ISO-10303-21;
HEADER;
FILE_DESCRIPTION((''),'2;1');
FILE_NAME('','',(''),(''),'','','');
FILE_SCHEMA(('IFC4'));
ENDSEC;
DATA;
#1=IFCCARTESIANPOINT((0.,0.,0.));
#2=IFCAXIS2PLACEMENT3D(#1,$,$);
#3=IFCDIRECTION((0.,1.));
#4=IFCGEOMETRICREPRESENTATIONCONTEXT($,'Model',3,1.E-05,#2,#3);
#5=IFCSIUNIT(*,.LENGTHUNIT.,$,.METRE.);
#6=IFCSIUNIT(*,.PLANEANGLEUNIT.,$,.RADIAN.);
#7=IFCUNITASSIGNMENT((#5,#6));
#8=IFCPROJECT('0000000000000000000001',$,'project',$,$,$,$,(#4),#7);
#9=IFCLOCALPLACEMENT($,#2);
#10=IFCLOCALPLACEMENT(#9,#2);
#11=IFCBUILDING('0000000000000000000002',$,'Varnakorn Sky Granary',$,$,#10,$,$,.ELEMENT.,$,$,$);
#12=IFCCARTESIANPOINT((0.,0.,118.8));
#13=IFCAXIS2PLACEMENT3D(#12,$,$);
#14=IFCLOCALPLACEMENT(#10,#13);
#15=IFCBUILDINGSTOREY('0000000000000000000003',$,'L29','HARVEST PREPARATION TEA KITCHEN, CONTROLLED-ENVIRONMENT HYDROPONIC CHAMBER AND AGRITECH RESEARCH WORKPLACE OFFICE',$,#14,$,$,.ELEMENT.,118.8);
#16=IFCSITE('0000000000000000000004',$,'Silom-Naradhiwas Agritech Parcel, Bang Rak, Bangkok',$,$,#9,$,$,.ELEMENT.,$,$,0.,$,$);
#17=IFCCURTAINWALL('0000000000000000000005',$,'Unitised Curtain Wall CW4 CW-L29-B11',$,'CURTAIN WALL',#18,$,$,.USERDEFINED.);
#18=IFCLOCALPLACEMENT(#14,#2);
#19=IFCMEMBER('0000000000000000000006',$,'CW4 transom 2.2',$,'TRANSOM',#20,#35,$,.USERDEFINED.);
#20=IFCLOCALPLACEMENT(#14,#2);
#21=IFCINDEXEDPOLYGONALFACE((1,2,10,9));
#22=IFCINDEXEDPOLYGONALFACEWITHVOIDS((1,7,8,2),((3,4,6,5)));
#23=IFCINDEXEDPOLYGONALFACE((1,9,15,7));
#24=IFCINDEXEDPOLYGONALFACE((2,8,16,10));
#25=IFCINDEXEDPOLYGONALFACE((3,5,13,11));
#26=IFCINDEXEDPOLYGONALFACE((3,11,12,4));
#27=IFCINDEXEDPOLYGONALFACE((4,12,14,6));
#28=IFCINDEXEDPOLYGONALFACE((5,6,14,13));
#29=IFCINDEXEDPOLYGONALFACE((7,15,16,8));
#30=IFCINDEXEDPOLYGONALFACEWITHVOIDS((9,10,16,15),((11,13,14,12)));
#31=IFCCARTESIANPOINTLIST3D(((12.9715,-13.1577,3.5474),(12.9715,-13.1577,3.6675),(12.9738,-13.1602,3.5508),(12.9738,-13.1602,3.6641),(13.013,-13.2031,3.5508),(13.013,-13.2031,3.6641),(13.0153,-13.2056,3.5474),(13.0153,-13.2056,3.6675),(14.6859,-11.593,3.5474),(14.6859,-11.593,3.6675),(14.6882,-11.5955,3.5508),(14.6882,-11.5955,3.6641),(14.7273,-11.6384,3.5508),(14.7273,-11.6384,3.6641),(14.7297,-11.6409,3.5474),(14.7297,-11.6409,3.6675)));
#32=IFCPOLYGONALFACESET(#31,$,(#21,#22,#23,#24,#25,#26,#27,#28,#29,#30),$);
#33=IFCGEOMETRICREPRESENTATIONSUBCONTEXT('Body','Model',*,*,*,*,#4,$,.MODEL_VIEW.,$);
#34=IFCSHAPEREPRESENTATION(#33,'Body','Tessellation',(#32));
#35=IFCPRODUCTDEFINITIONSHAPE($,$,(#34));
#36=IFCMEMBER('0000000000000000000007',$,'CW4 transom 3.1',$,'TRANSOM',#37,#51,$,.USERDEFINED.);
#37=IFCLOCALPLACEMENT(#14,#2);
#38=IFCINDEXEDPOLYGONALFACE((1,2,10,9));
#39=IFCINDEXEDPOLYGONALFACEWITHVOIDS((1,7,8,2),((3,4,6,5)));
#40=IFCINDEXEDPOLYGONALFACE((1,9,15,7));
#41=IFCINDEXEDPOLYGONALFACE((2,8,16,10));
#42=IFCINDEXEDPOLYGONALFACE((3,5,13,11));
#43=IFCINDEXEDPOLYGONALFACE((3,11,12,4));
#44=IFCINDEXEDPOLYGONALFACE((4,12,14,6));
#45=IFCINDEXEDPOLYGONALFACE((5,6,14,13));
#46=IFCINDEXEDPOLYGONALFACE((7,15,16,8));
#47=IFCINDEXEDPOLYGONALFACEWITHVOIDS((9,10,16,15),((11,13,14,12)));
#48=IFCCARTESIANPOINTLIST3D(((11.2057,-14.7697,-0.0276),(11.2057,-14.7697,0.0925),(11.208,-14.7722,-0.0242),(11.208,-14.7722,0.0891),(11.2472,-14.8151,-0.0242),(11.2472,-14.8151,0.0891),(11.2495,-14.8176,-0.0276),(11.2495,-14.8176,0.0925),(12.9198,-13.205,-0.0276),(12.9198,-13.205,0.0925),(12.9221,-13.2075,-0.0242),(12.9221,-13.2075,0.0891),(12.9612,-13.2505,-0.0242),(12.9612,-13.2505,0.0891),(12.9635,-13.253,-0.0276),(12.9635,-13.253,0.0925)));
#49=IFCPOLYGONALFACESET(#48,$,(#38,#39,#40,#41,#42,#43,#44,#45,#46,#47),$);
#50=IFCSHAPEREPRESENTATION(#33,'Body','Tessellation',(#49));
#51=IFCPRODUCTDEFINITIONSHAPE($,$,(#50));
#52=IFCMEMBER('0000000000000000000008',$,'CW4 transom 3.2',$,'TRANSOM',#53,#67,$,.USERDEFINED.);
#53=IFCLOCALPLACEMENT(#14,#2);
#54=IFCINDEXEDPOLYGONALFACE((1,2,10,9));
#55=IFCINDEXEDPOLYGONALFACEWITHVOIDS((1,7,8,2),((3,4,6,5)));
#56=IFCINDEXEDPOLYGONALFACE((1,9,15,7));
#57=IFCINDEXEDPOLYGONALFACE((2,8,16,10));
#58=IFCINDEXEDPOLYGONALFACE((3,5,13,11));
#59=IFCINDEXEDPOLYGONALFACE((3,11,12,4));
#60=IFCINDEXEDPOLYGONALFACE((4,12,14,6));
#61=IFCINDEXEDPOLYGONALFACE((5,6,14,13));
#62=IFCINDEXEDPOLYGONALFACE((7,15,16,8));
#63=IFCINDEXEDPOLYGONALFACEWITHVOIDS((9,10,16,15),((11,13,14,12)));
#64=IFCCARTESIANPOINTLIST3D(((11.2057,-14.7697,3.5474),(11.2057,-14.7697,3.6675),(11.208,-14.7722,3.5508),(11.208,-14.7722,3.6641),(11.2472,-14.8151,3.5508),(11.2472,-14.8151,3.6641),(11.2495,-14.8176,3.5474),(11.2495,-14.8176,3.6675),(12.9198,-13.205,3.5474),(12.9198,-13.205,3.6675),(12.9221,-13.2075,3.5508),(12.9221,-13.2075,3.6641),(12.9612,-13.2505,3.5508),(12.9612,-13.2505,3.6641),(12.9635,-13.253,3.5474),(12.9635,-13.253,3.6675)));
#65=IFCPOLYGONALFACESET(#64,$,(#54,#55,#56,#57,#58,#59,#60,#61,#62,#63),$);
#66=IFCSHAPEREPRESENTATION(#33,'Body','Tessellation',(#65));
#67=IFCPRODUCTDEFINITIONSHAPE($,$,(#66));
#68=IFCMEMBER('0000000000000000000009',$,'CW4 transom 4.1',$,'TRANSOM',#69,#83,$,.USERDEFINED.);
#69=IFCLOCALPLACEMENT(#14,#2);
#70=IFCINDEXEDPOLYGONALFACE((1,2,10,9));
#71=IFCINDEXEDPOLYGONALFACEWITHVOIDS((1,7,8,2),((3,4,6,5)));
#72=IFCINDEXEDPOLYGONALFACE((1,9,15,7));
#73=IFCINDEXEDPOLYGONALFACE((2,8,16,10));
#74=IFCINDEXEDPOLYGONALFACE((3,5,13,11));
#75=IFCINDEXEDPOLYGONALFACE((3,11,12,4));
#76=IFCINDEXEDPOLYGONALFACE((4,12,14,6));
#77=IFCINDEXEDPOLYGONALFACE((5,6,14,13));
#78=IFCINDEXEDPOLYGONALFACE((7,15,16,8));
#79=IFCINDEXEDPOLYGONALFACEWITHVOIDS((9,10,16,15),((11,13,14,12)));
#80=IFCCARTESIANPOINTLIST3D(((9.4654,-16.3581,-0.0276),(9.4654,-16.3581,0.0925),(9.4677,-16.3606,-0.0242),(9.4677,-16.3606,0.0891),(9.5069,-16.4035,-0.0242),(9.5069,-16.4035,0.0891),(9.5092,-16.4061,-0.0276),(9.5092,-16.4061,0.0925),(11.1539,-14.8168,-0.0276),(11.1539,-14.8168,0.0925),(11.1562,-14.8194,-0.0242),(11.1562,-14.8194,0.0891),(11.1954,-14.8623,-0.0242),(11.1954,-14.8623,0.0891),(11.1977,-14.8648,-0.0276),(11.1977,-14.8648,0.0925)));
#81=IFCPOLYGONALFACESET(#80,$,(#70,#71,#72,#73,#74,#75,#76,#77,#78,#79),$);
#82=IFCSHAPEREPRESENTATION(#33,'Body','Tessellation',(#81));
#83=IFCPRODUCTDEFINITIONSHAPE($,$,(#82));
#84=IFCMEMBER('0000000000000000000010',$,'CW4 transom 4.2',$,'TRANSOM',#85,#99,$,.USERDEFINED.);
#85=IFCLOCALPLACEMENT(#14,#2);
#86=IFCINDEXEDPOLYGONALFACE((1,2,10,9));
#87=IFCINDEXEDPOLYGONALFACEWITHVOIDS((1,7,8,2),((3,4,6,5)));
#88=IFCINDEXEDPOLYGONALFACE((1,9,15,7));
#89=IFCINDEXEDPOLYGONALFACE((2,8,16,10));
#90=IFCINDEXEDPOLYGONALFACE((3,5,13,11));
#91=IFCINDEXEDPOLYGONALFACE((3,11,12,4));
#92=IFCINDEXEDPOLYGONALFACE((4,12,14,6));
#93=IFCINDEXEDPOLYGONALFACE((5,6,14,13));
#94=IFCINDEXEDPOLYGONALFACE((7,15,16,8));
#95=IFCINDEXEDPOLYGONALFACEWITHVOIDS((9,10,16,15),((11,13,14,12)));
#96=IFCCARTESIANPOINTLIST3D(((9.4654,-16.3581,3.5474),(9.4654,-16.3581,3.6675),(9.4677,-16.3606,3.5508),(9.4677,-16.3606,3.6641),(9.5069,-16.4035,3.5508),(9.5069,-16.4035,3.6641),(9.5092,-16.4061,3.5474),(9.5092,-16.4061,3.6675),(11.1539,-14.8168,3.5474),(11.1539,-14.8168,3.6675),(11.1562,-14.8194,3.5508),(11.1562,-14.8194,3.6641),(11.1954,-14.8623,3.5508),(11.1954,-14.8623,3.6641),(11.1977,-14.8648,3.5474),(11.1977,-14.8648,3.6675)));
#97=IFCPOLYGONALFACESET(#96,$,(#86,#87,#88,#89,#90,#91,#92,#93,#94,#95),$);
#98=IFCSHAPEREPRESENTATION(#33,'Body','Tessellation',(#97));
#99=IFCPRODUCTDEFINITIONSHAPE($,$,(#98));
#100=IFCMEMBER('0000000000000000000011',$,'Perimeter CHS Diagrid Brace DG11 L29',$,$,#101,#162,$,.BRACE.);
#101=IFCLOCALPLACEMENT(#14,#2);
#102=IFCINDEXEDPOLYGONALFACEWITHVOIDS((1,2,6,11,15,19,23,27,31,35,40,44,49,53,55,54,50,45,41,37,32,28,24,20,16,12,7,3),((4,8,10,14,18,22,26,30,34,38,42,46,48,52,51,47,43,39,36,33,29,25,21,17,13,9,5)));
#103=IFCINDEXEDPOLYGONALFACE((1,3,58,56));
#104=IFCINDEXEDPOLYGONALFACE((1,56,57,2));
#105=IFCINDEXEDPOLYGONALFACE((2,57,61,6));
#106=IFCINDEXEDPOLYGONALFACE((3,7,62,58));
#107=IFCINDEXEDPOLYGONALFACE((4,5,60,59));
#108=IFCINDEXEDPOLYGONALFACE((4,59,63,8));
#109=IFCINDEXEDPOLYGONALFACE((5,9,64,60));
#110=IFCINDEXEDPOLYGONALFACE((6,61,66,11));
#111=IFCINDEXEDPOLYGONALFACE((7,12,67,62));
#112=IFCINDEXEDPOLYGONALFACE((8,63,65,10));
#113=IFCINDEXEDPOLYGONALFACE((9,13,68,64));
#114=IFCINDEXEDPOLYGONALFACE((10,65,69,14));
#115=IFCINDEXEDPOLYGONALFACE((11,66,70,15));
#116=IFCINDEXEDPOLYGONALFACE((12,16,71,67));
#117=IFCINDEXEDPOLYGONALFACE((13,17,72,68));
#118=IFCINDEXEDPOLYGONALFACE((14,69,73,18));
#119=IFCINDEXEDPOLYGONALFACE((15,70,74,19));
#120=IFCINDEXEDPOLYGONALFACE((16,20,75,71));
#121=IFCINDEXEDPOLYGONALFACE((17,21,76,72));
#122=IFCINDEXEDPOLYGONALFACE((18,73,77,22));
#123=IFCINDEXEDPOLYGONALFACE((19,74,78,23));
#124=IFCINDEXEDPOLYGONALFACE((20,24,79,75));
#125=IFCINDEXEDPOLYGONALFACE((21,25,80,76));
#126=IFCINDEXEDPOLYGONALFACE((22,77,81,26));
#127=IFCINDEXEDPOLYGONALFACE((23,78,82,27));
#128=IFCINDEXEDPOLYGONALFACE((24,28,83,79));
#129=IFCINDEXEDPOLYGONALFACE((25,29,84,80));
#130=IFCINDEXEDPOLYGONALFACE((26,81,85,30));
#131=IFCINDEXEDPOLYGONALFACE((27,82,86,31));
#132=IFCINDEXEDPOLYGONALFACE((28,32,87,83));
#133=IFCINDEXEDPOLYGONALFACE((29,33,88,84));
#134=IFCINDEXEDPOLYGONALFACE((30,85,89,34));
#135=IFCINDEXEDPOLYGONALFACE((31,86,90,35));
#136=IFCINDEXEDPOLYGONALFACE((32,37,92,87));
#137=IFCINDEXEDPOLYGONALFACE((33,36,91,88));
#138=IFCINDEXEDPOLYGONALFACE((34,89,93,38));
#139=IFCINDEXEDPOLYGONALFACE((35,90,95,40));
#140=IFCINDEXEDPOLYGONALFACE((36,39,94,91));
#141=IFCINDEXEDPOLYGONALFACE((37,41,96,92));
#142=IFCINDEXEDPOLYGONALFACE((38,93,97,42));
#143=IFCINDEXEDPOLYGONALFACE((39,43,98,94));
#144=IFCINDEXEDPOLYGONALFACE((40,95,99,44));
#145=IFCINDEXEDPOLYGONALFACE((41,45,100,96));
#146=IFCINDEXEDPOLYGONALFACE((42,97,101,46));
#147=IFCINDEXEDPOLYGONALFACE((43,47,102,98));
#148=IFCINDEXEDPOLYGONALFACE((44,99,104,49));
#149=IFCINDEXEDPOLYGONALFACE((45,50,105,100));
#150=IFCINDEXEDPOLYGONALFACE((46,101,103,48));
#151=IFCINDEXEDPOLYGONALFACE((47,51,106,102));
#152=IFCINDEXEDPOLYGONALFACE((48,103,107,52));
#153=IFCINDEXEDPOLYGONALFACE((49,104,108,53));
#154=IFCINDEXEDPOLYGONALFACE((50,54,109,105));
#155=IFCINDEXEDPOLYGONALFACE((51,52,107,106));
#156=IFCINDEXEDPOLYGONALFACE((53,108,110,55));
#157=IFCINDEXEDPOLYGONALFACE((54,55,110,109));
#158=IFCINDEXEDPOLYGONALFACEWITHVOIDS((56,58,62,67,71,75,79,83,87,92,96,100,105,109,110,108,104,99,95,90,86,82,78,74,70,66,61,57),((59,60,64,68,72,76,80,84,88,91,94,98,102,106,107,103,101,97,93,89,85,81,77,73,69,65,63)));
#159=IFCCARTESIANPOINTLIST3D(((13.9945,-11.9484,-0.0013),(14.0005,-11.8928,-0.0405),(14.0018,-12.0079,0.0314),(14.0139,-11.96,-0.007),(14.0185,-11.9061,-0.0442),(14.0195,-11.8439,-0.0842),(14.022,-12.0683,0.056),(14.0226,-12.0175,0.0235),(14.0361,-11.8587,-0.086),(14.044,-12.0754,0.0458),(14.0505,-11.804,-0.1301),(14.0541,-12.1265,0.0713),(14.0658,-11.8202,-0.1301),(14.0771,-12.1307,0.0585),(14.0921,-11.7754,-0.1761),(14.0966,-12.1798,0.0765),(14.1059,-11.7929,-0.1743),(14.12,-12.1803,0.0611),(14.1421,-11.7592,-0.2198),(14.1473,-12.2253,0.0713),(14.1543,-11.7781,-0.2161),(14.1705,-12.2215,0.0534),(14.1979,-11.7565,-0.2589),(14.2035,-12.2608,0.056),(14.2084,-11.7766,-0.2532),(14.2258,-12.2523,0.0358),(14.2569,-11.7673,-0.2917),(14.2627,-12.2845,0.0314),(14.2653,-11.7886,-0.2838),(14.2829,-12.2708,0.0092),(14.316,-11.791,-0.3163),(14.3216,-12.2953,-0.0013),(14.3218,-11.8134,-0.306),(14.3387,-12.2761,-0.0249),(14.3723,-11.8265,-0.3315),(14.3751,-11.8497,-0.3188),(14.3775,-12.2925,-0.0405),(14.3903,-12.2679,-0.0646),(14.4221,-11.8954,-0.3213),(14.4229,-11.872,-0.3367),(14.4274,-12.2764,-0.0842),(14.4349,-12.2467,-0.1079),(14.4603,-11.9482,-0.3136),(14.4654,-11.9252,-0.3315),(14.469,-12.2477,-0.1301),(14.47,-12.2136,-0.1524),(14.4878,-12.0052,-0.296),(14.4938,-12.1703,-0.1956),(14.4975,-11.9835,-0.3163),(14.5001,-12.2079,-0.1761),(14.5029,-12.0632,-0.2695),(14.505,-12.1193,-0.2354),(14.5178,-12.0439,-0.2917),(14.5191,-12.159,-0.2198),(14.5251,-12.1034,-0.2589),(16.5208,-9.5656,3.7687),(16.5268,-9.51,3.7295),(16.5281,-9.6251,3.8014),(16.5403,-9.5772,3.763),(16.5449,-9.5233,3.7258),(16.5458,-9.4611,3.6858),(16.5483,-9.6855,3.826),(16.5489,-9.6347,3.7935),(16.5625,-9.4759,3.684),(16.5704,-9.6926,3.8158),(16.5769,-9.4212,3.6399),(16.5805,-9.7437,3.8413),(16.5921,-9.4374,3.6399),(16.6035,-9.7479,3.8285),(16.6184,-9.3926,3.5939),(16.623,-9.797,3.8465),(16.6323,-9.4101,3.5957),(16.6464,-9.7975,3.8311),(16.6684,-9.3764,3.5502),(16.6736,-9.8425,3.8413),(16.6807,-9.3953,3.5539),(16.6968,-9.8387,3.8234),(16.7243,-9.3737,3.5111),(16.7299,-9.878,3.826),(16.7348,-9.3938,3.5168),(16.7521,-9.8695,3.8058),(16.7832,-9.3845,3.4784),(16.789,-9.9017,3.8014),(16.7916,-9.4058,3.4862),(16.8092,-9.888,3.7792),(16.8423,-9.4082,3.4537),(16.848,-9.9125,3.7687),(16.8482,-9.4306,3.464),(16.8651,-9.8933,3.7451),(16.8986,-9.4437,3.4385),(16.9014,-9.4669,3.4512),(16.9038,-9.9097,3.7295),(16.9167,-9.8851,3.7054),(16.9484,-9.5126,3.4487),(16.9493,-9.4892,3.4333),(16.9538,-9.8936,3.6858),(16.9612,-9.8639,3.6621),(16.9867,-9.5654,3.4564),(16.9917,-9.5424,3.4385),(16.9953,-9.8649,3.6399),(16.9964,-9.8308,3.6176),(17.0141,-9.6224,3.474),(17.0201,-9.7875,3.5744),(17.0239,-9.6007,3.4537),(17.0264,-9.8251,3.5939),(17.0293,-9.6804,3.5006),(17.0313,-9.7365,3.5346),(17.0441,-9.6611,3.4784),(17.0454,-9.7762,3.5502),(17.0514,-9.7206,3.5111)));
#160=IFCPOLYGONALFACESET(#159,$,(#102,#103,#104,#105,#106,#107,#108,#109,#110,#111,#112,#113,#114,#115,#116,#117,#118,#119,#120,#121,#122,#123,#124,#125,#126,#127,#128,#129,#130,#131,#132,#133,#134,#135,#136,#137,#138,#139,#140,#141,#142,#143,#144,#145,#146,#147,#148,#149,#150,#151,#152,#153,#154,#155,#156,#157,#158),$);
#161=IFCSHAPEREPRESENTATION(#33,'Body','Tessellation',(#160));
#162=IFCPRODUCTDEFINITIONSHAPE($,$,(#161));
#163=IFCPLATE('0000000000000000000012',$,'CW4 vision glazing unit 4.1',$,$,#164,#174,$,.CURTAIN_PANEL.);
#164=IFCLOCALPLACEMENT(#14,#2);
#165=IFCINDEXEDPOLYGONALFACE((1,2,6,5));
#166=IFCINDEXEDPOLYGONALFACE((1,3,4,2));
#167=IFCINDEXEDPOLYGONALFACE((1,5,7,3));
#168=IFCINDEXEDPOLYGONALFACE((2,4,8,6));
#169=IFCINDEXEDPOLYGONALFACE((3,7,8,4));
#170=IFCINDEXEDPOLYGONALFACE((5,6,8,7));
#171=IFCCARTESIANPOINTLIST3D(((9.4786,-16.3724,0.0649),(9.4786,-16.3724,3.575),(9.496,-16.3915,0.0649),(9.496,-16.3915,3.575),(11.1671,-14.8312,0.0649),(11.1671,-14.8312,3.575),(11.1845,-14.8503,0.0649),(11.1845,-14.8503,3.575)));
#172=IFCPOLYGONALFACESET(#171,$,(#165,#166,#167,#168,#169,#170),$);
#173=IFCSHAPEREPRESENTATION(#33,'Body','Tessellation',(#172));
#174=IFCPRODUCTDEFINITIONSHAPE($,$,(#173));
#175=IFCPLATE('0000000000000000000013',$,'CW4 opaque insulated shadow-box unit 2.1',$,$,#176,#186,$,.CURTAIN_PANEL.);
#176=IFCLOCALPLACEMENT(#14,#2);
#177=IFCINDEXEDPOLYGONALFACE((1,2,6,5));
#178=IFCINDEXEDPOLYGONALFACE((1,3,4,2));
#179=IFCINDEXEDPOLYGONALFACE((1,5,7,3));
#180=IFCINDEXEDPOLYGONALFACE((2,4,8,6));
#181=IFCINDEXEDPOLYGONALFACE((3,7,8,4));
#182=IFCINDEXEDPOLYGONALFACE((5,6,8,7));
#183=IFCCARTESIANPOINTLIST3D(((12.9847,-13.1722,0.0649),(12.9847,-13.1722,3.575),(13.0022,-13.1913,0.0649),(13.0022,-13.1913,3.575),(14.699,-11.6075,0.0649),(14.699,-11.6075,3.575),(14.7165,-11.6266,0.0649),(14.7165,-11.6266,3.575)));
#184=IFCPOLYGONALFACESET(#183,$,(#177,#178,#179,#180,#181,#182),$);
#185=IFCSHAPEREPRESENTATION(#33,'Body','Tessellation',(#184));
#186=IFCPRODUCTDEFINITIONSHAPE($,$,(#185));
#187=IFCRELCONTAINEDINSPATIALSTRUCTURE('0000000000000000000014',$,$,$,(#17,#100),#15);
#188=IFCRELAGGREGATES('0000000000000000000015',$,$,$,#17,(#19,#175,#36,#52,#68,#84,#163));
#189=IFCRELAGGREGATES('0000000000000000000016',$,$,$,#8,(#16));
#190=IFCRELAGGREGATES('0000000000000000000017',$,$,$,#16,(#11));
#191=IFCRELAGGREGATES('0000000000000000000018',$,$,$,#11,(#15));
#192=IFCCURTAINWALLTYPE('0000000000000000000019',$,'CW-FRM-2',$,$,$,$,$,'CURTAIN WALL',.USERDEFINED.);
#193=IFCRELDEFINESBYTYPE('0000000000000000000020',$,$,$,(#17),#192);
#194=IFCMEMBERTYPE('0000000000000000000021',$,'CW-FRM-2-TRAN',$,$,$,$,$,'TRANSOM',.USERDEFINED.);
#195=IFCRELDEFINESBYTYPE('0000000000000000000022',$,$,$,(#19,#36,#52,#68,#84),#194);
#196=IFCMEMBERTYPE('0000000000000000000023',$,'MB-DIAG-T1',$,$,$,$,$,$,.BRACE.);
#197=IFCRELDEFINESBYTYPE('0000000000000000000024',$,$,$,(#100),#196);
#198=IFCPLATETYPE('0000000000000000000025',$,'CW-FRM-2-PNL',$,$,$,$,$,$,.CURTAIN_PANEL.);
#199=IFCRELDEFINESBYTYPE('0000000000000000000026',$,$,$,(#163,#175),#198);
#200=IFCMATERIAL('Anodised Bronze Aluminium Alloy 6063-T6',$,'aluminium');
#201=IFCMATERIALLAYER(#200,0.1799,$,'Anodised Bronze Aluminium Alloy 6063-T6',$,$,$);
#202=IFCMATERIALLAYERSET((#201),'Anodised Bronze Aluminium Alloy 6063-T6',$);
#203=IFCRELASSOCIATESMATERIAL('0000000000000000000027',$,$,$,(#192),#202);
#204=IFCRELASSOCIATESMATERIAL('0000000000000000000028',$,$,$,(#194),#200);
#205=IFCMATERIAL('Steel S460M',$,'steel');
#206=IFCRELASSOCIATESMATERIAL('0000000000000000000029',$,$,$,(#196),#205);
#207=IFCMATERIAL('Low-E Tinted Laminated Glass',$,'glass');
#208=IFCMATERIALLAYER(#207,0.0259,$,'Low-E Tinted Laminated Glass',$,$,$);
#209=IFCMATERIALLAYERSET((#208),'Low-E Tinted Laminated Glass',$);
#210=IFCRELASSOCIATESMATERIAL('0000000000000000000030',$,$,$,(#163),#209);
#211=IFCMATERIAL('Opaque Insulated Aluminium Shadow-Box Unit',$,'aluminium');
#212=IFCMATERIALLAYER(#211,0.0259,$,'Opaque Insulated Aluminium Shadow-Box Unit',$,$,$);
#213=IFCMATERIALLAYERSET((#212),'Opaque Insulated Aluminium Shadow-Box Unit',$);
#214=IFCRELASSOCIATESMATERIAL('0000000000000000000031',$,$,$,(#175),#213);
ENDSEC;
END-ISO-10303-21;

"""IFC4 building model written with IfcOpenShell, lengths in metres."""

from ifc_helpers import new_model, si_unit, direction, frame, origin, origin_2d, place, context, subcontext, project, spatial, rectangle, hollow_rectangle, hollow_circle, extrude, source, transform, mapped, material, layer, layer_set, material_profile, profile_set, type_object, type_shapes, element, aggregate, save


model = new_model("IFC4")

# Units and contexts
model_context = context("Model", 3, precision=1e-05, world=origin(), true_north=direction((0.0, 1.0)))
body_context = subcontext(model_context, "Body", "Model", "MODEL_VIEW")
ifc_project = project(units=[si_unit("LENGTHUNIT", "METRE"), si_unit("PLANEANGLEUNIT", "RADIAN")], contexts=[model_context])

# Site, building, storey
site_placement = place(None, origin())
site = spatial("IfcSite", under=ifc_project, at=site_placement, Name="Silom-Naradhiwas Agritech Parcel, Bang Rak, Bangkok", CompositionType="ELEMENT", RefElevation=0.0)
building_placement = place(site_placement, origin())
building = spatial("IfcBuilding", under=site, at=building_placement, Name="Varnakorn Sky Granary", CompositionType="ELEMENT")
storey_placement = place(building_placement, frame((0.0, 0.0, 118.8)))
storey = spatial("IfcBuildingStorey", under=building, at=storey_placement, Name="L29", Description="HARVEST PREPARATION TEA KITCHEN, CONTROLLED-ENVIRONMENT HYDROPONIC CHAMBER AND AGRITECH RESEARCH WORKPLACE OFFICE", CompositionType="ELEMENT", Elevation=118.8)

# Shared definitions
ifc_material_1 = material(Name="Steel S460M", Category="steel")

# Shared definitions
ifc_material_2 = material(Name="Anodised Bronze Aluminium Alloy 6063-T6", Category="aluminium")
ifc_layer_1 = layer(ifc_material_2, 0.1799, Name="Anodised Bronze Aluminium Alloy 6063-T6")
ifc_layer_set_1 = layer_set([ifc_layer_1], Name="Anodised Bronze Aluminium Alloy 6063-T6")
curtain_wall_type = type_object("IfcCurtainWallType", Name="CW-FRM-2", ElementType="CURTAIN WALL", PredefinedType="USERDEFINED", material=ifc_layer_set_1)

# Curtain wall, members
curtain_wall_1_placement = place(storey_placement, origin())
curtain_wall_1 = element("IfcCurtainWall", 1, at=curtain_wall_1_placement, inside=storey, type_object=curtain_wall_type, Name="Unitised Curtain Wall CW4 CW-L29-B11", ObjectType="CURTAIN WALL", PredefinedType="USERDEFINED")
ifc_material_profile_1 = material_profile(ifc_material_2, hollow_rectangle(XDim=0.0649, YDim=0.1201, WallThickness=0.0034, at=origin_2d()), Name="ALU TRAN 65x120")
ifc_profile_set_1 = profile_set([ifc_material_profile_1], Name="Anodised Bronze Aluminium Alloy 6063-T6")
member_type_1 = type_object("IfcMemberType", Name="CW-FRM-2-TRAN", ElementType="TRANSOM", PredefinedType="USERDEFINED", material=ifc_profile_set_1)
member_1_placement = place(storey_placement, frame((14.7078, -11.6169, 3.6074), z_axis=(-0.738611, -0.674132, 0.0), x_axis=(0.674132, -0.738611, 0.0)))
member_1 = element("IfcMember", 2, at=member_1_placement, type_object=member_type_1, Name="CW4 transom 2.2", ObjectType="TRANSOM", PredefinedType="USERDEFINED", context=body_context, shape_type="SweptSolid", body=[
    extrude(hollow_rectangle(XDim=0.0649, YDim=0.1201, WallThickness=0.0034, at=origin_2d()), origin(), (0.0, 0.0, 1.0), 2.321),
])
member_2_placement = place(storey_placement, frame((12.9417, -13.229, 0.0325), z_axis=(-0.738563, -0.674185, 0.0), x_axis=(0.674185, -0.738563, 0.0)))
member_2 = element("IfcMember", 3, at=member_2_placement, type_object=member_type_1, Name="CW4 transom 3.1", ObjectType="TRANSOM", PredefinedType="USERDEFINED", context=body_context, shape_type="SweptSolid", body=[
    extrude(hollow_rectangle(XDim=0.0649, YDim=0.1201, WallThickness=0.0034, at=origin_2d()), origin(), (0.0, 0.0, 1.0), 2.3208),
])
member_3_placement = place(storey_placement, frame((12.9417, -13.229, 3.6074), z_axis=(-0.738563, -0.674185, 0.0), x_axis=(0.674185, -0.738563, 0.0)))
member_3 = element("IfcMember", 4, at=member_3_placement, type_object=member_type_1, Name="CW4 transom 3.2", ObjectType="TRANSOM", PredefinedType="USERDEFINED", context=body_context, shape_type="SweptSolid", body=[
    extrude(hollow_rectangle(XDim=0.0649, YDim=0.1201, WallThickness=0.0034, at=origin_2d()), origin(), (0.0, 0.0, 1.0), 2.3208),
])
member_4_placement = place(storey_placement, frame((11.1758, -14.8408, 0.0325), z_axis=(-0.738571, -0.674176, 0.0), x_axis=(0.674176, -0.738571, 0.0)))
member_4 = element("IfcMember", 5, at=member_4_placement, type_object=member_type_1, Name="CW4 transom 4.1", ObjectType="TRANSOM", PredefinedType="USERDEFINED", context=body_context, shape_type="SweptSolid", body=[
    extrude(hollow_rectangle(XDim=0.0649, YDim=0.1201, WallThickness=0.0034, at=origin_2d()), origin(), (0.0, 0.0, 1.0), 2.2861),
])
member_5_placement = place(storey_placement, frame((11.1758, -14.8408, 3.6074), z_axis=(-0.738571, -0.674176, 0.0), x_axis=(0.674176, -0.738571, 0.0)))
member_5 = element("IfcMember", 6, at=member_5_placement, type_object=member_type_1, Name="CW4 transom 4.2", ObjectType="TRANSOM", PredefinedType="USERDEFINED", context=body_context, shape_type="SweptSolid", body=[
    extrude(hollow_rectangle(XDim=0.0649, YDim=0.1201, WallThickness=0.0034, at=origin_2d()), origin(), (0.0, 0.0, 1.0), 2.2861),
])

# Member
ifc_material_profile_2 = material_profile(ifc_material_1, hollow_circle(Radius=0.3049, WallThickness=0.0222, at=origin_2d()), Name="CHS 610x22")
ifc_profile_set_2 = profile_set([ifc_material_profile_2], Name="Steel S460M")
member_type_2 = type_object("IfcMemberType", Name="MB-DIAG-T1", PredefinedType="BRACE", material=ifc_profile_set_2)
member_6_placement = place(storey_placement, frame((14.2598, -12.0259, -0.1301), z_axis=(0.492877, 0.46487, 0.735505), x_axis=(-0.686136, 0.727473, 0.0)))
element("IfcMember", 7, at=member_6_placement, inside=storey, type_object=member_type_2, Name="Perimeter CHS Diagrid Brace DG11 L29", PredefinedType="BRACE", context=body_context, shape_type="SweptSolid", body=[
    extrude(hollow_circle(Radius=0.3049, WallThickness=0.0222, at=origin_2d()), origin(), (0.0, 0.0, 1.0), 5.1257),
])

# Plates
ifc_material_3 = material(Name="Low-E Tinted Laminated Glass", Category="glass")
ifc_layer_2 = layer(ifc_material_3, 0.0259, Name="Low-E Tinted Laminated Glass")
ifc_layer_set_2 = layer_set([ifc_layer_2], Name="Low-E Tinted Laminated Glass")
plate_type = type_object("IfcPlateType", Name="CW-FRM-2-PNL", PredefinedType="CURTAIN_PANEL")
shared_shape_1 = source(origin(), body_context, "Body", "SweptSolid", [
    extrude(rectangle(XDim=2.2861, YDim=0.0259, at=origin_2d()), origin(), (0.0, 0.0, 1.0), 3.51),
])
plate_1_placement = place(storey_placement, frame((10.3315, -15.6113, 0.0649), z_axis=(0.0, 0.0, 1.0), x_axis=(-0.738592, -0.674153, 0.0)))
plate_1 = element("IfcPlate", 8, at=plate_1_placement, type_object=plate_type, material=ifc_layer_set_2, Name="CW4 vision glazing unit 4.1", PredefinedType="CURTAIN_PANEL", context=body_context, shape_type="MappedRepresentation", body=[
    mapped(shared_shape_1, transform((0.0, 0.0, 0.0), x_axis=(1.0, 0.0, 0.0), y_axis=(0.0, 1.0, 0.0), z_axis=(0.0, 0.0, 1.0), scale=1.0)),
])
ifc_material_4 = material(Name="Opaque Insulated Aluminium Shadow-Box Unit", Category="aluminium")
ifc_layer_3 = layer(ifc_material_4, 0.0259, Name="Opaque Insulated Aluminium Shadow-Box Unit")
ifc_layer_set_3 = layer_set([ifc_layer_3], Name="Opaque Insulated Aluminium Shadow-Box Unit")
shared_shape_2 = source(origin(), body_context, "Body", "SweptSolid", [
    extrude(rectangle(XDim=2.321, YDim=0.0259, at=origin_2d()), origin(), (0.0, 0.0, 1.0), 3.51),
])
type_shapes(plate_type, [shared_shape_1, shared_shape_2])
plate_2_placement = place(storey_placement, frame((13.8506, -12.3994, 0.0649), z_axis=(0.0, 0.0, 1.0), x_axis=(-0.738592, -0.674153, 0.0)))
plate_2 = element("IfcPlate", 9, at=plate_2_placement, type_object=plate_type, material=ifc_layer_set_3, Name="CW4 opaque insulated shadow-box unit 2.1", PredefinedType="CURTAIN_PANEL", context=body_context, shape_type="MappedRepresentation", body=[
    mapped(shared_shape_2, transform((0.0, 0.0, 0.0), x_axis=(1.0, 0.0, 0.0), y_axis=(0.0, 1.0, 0.0), z_axis=(0.0, 0.0, 1.0), scale=1.0)),
])
aggregate(curtain_wall_1, [member_1, plate_2, member_2, member_3, member_4, member_5, plate_1])

save(model, "model.ifc")
